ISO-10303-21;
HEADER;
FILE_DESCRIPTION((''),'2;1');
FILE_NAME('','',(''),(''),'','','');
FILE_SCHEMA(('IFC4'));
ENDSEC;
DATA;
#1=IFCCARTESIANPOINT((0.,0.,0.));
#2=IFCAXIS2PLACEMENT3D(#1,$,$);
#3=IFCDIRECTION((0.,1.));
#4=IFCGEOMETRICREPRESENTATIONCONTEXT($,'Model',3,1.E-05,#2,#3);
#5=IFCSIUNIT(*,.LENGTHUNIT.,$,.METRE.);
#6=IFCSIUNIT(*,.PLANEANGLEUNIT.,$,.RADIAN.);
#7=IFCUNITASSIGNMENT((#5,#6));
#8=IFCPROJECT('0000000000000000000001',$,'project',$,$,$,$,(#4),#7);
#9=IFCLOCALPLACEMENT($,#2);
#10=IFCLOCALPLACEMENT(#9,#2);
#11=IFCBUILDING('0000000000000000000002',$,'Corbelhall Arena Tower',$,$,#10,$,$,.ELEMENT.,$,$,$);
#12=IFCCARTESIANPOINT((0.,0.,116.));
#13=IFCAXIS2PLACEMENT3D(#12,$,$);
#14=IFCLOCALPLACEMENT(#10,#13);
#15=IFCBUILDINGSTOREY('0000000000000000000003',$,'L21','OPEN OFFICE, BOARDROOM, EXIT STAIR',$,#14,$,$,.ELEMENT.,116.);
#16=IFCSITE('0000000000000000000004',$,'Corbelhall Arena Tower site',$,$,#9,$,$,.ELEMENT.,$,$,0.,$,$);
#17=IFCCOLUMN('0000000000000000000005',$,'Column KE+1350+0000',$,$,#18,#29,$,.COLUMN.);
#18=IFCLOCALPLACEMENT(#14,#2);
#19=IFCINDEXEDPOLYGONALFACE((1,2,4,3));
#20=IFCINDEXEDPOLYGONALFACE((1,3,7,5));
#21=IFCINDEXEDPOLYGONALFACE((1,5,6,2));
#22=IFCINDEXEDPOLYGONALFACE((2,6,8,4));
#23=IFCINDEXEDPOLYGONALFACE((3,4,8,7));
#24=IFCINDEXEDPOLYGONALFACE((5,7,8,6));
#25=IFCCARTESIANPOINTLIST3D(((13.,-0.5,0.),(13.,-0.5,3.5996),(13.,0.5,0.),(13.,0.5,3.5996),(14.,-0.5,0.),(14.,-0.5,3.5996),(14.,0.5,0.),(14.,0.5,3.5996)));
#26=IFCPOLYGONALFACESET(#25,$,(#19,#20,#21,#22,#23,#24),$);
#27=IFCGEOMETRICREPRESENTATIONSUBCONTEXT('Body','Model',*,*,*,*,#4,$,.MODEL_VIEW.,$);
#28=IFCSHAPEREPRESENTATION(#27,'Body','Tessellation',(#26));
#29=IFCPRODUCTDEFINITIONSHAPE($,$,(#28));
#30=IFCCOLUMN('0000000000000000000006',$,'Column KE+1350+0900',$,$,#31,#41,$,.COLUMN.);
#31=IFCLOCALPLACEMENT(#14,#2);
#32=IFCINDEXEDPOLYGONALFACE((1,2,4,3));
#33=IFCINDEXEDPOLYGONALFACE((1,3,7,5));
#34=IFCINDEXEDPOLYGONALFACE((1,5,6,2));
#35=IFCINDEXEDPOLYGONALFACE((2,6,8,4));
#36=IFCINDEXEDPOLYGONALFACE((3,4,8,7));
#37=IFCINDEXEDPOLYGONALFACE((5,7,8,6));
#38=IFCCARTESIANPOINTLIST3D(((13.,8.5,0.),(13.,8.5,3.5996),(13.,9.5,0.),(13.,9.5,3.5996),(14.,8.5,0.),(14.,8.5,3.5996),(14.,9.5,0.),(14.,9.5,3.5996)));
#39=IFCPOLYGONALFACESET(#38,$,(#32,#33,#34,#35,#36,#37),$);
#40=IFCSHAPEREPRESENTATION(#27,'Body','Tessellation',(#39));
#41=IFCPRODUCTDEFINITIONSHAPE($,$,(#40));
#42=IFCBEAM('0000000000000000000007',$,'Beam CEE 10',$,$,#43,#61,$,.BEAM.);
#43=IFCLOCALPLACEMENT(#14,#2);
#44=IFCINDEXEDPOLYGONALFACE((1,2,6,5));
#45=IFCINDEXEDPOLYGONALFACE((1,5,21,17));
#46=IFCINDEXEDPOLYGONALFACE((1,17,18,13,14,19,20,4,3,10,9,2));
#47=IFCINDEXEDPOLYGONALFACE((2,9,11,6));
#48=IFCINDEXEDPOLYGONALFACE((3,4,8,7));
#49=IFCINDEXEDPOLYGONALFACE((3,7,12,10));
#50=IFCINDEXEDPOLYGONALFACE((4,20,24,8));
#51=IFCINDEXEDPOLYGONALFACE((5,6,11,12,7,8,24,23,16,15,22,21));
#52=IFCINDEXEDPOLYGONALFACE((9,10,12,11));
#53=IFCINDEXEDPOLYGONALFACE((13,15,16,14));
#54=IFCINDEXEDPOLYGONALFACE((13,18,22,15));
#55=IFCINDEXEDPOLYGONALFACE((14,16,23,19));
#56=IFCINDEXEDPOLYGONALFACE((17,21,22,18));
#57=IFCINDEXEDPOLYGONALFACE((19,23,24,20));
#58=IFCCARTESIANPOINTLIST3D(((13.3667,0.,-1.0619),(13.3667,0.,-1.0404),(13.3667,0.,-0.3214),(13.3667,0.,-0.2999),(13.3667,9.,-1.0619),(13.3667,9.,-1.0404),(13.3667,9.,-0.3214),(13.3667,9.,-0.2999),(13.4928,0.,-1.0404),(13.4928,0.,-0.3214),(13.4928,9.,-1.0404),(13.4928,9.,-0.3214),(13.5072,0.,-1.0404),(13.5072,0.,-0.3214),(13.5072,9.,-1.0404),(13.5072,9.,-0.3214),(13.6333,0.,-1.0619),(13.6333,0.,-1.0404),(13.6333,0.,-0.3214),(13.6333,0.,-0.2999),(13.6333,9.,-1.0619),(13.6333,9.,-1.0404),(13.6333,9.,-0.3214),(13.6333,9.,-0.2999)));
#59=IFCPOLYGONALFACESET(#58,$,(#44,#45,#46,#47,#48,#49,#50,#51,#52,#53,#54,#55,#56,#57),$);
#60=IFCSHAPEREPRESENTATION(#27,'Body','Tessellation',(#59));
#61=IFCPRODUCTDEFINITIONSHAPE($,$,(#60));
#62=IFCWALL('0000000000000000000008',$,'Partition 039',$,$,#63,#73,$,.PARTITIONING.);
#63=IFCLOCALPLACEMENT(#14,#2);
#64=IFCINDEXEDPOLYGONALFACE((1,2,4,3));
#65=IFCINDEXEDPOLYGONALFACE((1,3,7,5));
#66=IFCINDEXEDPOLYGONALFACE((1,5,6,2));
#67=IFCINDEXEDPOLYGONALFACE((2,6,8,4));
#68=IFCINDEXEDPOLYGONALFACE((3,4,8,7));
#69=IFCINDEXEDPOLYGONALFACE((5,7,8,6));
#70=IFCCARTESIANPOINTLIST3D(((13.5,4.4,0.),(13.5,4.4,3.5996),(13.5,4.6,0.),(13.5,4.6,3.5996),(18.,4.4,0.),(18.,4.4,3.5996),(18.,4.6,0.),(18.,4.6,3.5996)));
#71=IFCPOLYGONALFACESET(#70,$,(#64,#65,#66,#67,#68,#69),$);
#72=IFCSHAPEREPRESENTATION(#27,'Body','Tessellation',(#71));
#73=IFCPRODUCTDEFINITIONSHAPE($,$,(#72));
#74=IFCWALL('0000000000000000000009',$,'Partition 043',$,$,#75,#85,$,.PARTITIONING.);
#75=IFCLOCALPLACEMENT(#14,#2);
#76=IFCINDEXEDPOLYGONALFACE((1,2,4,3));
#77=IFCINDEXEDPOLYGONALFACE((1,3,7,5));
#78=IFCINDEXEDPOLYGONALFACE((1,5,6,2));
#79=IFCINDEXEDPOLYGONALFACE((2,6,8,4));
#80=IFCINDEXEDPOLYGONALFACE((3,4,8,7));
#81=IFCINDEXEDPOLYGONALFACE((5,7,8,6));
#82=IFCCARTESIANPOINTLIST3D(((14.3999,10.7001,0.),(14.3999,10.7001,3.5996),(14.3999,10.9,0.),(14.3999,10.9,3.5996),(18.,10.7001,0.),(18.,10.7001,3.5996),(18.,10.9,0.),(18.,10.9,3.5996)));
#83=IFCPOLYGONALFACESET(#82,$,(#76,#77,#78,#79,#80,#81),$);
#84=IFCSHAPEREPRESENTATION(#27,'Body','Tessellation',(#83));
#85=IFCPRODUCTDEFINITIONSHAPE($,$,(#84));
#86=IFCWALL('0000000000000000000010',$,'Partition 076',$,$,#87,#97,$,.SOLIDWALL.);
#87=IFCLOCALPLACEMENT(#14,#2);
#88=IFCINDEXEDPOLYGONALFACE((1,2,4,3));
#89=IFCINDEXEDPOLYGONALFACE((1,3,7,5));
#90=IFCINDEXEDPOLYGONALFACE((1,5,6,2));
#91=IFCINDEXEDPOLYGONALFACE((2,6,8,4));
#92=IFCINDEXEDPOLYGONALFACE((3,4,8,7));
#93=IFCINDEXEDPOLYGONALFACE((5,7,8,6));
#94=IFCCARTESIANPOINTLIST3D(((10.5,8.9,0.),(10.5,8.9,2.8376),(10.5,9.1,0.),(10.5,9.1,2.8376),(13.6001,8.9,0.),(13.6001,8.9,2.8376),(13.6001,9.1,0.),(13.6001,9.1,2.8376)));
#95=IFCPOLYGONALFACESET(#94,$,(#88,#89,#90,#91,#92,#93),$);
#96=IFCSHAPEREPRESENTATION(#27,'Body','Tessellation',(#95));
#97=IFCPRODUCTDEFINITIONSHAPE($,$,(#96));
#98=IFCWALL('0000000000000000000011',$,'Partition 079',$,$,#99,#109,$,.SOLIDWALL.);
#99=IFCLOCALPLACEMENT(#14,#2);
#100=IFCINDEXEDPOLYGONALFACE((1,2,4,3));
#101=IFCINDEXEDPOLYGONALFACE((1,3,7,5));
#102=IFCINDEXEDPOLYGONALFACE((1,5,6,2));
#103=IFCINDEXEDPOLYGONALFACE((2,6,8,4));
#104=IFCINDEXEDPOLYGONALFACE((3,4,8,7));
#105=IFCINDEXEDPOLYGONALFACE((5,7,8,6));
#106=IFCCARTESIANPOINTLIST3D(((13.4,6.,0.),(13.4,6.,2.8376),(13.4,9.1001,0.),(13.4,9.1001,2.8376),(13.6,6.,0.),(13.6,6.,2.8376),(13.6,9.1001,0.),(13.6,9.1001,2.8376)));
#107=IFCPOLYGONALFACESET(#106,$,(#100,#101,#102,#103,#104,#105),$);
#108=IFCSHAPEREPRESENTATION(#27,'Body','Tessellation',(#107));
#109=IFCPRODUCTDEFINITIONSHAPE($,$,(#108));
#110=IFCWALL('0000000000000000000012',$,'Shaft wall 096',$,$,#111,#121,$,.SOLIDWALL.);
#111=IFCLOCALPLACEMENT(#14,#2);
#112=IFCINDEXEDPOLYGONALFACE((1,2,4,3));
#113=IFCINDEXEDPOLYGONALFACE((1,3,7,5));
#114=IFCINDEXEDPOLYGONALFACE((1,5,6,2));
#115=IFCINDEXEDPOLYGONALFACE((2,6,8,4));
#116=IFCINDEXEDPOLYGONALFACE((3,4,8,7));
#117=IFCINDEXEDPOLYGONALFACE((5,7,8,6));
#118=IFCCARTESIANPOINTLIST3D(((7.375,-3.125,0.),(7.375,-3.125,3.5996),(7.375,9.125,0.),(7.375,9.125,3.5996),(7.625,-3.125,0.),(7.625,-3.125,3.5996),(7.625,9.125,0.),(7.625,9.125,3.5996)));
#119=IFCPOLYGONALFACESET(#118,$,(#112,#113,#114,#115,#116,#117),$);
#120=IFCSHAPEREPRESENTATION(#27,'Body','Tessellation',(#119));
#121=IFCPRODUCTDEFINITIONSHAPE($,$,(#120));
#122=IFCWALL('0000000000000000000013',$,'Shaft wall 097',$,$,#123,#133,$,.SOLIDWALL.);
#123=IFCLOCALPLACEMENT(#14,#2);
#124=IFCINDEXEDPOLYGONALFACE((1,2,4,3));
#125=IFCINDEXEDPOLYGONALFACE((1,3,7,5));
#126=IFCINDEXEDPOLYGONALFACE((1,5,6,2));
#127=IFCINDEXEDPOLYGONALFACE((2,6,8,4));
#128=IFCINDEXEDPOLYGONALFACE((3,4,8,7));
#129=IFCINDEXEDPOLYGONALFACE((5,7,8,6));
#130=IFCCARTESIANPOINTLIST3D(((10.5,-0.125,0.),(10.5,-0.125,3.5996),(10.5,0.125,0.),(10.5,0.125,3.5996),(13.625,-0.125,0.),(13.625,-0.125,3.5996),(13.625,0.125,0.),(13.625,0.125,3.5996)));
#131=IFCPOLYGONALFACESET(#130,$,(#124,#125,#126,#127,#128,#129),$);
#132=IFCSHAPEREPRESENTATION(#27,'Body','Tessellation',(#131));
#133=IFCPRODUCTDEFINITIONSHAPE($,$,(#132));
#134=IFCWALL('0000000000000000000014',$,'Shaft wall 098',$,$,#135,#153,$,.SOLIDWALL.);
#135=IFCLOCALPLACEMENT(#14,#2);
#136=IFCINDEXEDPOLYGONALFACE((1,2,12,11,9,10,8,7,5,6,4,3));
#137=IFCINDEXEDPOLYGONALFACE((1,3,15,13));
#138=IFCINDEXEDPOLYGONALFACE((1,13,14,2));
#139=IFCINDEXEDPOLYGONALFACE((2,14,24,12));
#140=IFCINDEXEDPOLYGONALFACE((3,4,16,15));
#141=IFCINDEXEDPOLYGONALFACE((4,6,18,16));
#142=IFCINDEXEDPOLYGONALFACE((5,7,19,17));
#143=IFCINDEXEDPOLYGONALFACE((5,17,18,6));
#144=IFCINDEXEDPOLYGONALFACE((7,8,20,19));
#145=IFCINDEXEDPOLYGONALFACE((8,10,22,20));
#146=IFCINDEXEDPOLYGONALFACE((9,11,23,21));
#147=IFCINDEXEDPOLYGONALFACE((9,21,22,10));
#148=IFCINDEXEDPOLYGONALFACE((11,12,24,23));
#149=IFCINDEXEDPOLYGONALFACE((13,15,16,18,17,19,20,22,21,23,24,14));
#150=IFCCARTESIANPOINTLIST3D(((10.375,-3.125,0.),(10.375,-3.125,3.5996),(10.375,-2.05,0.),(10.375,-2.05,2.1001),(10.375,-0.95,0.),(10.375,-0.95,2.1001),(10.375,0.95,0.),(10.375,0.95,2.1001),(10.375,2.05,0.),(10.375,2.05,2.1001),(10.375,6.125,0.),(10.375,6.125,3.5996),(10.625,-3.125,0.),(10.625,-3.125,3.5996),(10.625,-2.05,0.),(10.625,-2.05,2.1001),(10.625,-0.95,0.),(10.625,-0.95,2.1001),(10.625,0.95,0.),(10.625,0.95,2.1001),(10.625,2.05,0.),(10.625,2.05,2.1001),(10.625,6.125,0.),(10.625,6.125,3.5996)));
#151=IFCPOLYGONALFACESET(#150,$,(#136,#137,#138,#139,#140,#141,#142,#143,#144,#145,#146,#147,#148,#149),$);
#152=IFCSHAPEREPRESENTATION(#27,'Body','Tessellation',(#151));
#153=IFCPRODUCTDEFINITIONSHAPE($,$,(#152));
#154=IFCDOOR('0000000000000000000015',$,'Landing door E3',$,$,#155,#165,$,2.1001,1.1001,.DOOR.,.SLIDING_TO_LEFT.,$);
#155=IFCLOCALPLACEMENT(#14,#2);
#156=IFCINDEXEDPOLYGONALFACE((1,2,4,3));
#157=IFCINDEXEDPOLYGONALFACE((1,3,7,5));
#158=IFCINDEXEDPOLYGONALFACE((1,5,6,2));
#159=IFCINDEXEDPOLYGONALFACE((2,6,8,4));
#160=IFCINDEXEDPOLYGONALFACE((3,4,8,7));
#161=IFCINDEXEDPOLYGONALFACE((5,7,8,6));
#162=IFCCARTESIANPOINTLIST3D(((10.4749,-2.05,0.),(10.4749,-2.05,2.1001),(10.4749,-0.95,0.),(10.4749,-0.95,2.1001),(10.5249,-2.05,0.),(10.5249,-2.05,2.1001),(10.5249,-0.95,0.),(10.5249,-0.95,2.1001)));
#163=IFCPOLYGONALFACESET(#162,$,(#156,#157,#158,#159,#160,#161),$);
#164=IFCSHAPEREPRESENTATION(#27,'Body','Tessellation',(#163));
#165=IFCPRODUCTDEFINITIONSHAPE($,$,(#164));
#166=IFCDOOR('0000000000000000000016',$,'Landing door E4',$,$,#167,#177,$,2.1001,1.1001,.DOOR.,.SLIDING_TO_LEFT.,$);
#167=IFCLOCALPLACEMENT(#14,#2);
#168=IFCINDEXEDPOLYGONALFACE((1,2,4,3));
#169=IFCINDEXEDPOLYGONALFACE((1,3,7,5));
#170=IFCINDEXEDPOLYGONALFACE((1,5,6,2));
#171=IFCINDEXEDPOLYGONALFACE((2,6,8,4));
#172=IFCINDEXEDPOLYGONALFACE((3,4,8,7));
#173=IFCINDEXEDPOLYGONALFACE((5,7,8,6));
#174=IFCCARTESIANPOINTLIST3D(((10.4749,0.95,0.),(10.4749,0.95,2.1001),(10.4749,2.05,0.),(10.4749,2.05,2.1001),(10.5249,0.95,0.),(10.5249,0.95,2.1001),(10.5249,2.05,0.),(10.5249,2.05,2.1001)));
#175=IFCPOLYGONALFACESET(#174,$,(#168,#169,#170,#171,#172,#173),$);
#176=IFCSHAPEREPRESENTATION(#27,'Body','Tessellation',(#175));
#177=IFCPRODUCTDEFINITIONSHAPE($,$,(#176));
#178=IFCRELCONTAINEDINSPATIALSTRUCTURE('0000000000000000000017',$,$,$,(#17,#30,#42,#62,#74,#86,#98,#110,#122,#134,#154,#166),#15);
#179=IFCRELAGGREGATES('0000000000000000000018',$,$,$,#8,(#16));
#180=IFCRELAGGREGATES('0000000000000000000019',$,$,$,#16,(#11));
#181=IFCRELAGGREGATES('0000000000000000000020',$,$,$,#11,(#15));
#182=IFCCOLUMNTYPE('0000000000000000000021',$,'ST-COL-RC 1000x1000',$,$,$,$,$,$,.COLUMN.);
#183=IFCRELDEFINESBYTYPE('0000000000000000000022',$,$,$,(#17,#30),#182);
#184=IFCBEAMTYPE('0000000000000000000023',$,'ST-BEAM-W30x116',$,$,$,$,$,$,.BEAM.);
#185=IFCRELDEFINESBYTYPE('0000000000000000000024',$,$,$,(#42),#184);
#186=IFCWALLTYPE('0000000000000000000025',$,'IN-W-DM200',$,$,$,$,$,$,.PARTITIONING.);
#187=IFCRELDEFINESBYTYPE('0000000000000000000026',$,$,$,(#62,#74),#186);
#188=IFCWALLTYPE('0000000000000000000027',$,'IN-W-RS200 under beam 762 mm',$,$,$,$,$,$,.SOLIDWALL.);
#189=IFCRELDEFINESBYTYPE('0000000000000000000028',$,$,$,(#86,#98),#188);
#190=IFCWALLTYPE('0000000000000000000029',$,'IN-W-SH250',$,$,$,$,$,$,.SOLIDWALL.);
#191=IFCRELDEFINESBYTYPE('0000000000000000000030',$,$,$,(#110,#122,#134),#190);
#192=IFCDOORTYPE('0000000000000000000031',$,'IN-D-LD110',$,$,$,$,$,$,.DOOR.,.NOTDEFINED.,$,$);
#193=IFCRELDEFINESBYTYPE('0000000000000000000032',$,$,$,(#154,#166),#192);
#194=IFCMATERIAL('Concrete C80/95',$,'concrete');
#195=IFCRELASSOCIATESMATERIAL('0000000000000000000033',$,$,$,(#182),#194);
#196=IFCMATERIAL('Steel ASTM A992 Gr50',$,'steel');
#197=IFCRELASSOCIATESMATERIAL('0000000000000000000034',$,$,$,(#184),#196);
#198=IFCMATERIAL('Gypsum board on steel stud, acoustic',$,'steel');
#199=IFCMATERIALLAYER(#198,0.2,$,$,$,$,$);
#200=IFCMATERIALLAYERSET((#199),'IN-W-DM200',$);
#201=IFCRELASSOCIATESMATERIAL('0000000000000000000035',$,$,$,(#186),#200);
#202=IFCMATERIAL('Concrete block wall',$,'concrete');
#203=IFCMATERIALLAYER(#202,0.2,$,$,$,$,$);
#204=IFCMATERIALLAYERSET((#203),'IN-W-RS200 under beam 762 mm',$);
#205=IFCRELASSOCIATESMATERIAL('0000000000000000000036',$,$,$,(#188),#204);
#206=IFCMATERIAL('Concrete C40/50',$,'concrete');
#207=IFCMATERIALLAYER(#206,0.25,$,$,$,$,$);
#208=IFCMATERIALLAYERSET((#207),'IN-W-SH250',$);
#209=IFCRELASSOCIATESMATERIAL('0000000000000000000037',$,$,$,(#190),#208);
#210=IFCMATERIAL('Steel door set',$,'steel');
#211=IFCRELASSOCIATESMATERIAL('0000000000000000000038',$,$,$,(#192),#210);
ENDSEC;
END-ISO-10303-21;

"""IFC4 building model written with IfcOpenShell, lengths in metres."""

from ifc_helpers import new_model, si_unit, direction, frame, frame_2d, origin, origin_2d, place, context, subcontext, project, spatial, rectangle, i_section, extrude, material, layer, layer_set, material_profile, profile_set, type_object, element, fill, save


model = new_model("IFC4")

# Units and contexts
model_context = context("Model", 3, precision=1e-05, world=origin(), true_north=direction((0.0, 1.0)))
body_context = subcontext(model_context, "Body", "Model", "MODEL_VIEW")
ifc_project = project(units=[si_unit("LENGTHUNIT", "METRE"), si_unit("PLANEANGLEUNIT", "RADIAN")], contexts=[model_context])

# Site, building, storey
site_placement = place(None, origin())
site = spatial("IfcSite", under=ifc_project, at=site_placement, Name="Corbelhall Arena Tower site", CompositionType="ELEMENT", RefElevation=0.0)
building_placement = place(site_placement, origin())
building = spatial("IfcBuilding", under=site, at=building_placement, Name="Corbelhall Arena Tower", CompositionType="ELEMENT")
storey_placement = place(building_placement, frame((0.0, 0.0, 116.0)))
storey = spatial("IfcBuildingStorey", under=building, at=storey_placement, Name="L21", Description="OPEN OFFICE, BOARDROOM, EXIT STAIR", CompositionType="ELEMENT", Elevation=116.0)

# Columns
ifc_material_1 = material(Name="Concrete C80/95", Category="concrete")
ifc_material_profile_1 = material_profile(ifc_material_1, rectangle(XDim=1.0, YDim=1.0, at=origin_2d()))
ifc_profile_set_1 = profile_set([ifc_material_profile_1], Name="Concrete C80/95")
column_type = type_object("IfcColumnType", Name="ST-COL-RC 1000x1000", PredefinedType="COLUMN", material=ifc_profile_set_1)
for number, where, z_axis, x_axis, name in (
    (1, (13.5, 0.0, 0.0), (0.0, 0.0, 1.0), (1.0, 0.0, 0.0), "Column KE+1350+0000"),
    (2, (13.5, 9.0, 0.0), (0.0, 0.0, 1.0), (1.0, 0.0, 0.0), "Column KE+1350+0900"),
):
    element("IfcColumn", number, at=place(storey_placement, frame(where, z_axis=z_axis, x_axis=x_axis)), inside=storey, type_object=column_type, Name=name, PredefinedType="COLUMN", context=body_context, shape_type="SweptSolid", body=[
        extrude(rectangle(XDim=1.0, YDim=1.0, at=origin_2d()), origin(), (0.0, 0.0, 1.0), 3.5996),
    ])

# Beam
ifc_material_2 = material(Name="Steel ASTM A992 Gr50", Category="steel")
ifc_material_profile_2 = material_profile(ifc_material_2, i_section(OverallWidth=0.2666, OverallDepth=0.762, WebThickness=0.0144, FlangeThickness=0.0215, at=origin_2d()))
ifc_profile_set_2 = profile_set([ifc_material_profile_2], Name="Steel ASTM A992 Gr50")
beam_type = type_object("IfcBeamType", Name="ST-BEAM-W30x116", PredefinedType="BEAM", material=ifc_profile_set_2)
beam_placement = place(storey_placement, frame((13.5, 0.0, -0.6809), z_axis=(0.0, 1.0, 0.0), x_axis=(-1.0, 0.0, 0.0)))
element("IfcBeam", 3, at=beam_placement, inside=storey, type_object=beam_type, Name="Beam CEE 10", PredefinedType="BEAM", context=body_context, shape_type="SweptSolid", body=[
    extrude(i_section(OverallWidth=0.2666, OverallDepth=0.762, WebThickness=0.0144, FlangeThickness=0.0215, at=origin_2d()), origin(), (0.0, 0.0, 1.0), 9.0),
])

# Walls
ifc_material_3 = material(Name="Gypsum board on steel stud, acoustic", Category="steel")
ifc_layer_1 = layer(ifc_material_3, 0.2)
ifc_layer_set_1 = layer_set([ifc_layer_1], Name="IN-W-DM200")
wall_type_1 = type_object("IfcWallType", Name="IN-W-DM200", PredefinedType="PARTITIONING", material=ifc_layer_set_1)
wall_1_placement = place(storey_placement, frame((13.5, 4.5, 0.0), z_axis=(0.0, 0.0, 1.0), x_axis=(1.0, 0.0, 0.0)))
element("IfcWall", 4, at=wall_1_placement, inside=storey, type_object=wall_type_1, Name="Partition 039", PredefinedType="PARTITIONING", context=body_context, shape_type="SweptSolid", body=[
    extrude(rectangle(XDim=4.5, YDim=0.2, at=frame_2d((2.25, 0.0))), origin(), (0.0, 0.0, 1.0), 3.5996),
])
wall_2_placement = place(storey_placement, frame((14.3999, 10.8, 0.0), z_axis=(0.0, 0.0, 1.0), x_axis=(1.0, 0.0, 0.0)))
element("IfcWall", 5, at=wall_2_placement, inside=storey, type_object=wall_type_1, Name="Partition 043", PredefinedType="PARTITIONING", context=body_context, shape_type="SweptSolid", body=[
    extrude(rectangle(XDim=3.6001, YDim=0.2, at=frame_2d((1.8, 0.0))), origin(), (0.0, 0.0, 1.0), 3.5996),
])

# Shared definitions
ifc_material_4 = material(Name="Concrete block wall", Category="concrete")
ifc_material_5 = material(Name="Steel door set", Category="steel")

# Walls
ifc_layer_2 = layer(ifc_material_4, 0.2)
ifc_layer_set_2 = layer_set([ifc_layer_2], Name="IN-W-RS200 under beam 762 mm")
wall_type_2 = type_object("IfcWallType", Name="IN-W-RS200 under beam 762 mm", PredefinedType="SOLIDWALL", material=ifc_layer_set_2)
for number, where, z_axis, x_axis, name in (
    (6, (10.5, 9.0, 0.0), (0.0, 0.0, 1.0), (1.0, 0.0, 0.0), "Partition 076"),
    (7, (13.5, 9.1001, 0.0), (0.0, 0.0, 1.0), (0.0, -1.0, 0.0), "Partition 079"),
):
    element("IfcWall", number, at=place(storey_placement, frame(where, z_axis=z_axis, x_axis=x_axis)), inside=storey, type_object=wall_type_2, Name=name, PredefinedType="SOLIDWALL", context=body_context, shape_type="SweptSolid", body=[
        extrude(rectangle(XDim=3.1001, YDim=0.2, at=frame_2d((1.55, 0.0))), origin(), (0.0, 0.0, 1.0), 2.8376),
    ])
ifc_material_6 = material(Name="Concrete C40/50", Category="concrete")
ifc_layer_3 = layer(ifc_material_6, 0.25)
ifc_layer_set_3 = layer_set([ifc_layer_3], Name="IN-W-SH250")
wall_type_3 = type_object("IfcWallType", Name="IN-W-SH250", PredefinedType="SOLIDWALL", material=ifc_layer_set_3)
wall_3_placement = place(storey_placement, frame((7.5, 9.125, 0.0), z_axis=(0.0, 0.0, 1.0), x_axis=(0.0, -1.0, 0.0)))
element("IfcWall", 8, at=wall_3_placement, inside=storey, type_object=wall_type_3, Name="Shaft wall 096", PredefinedType="SOLIDWALL", context=body_context, shape_type="SweptSolid", body=[
    extrude(rectangle(XDim=12.25, YDim=0.25, at=frame_2d((6.125, 0.0))), origin(), (0.0, 0.0, 1.0), 3.5996),
])
wall_4_placement = place(storey_placement, frame((10.5, 0.0, 0.0), z_axis=(0.0, 0.0, 1.0), x_axis=(1.0, 0.0, 0.0)))
element("IfcWall", 9, at=wall_4_placement, inside=storey, type_object=wall_type_3, Name="Shaft wall 097", PredefinedType="SOLIDWALL", context=body_context, shape_type="SweptSolid", body=[
    extrude(rectangle(XDim=3.125, YDim=0.25, at=frame_2d((1.5625, 0.0))), origin(), (0.0, 0.0, 1.0), 3.5996),
])

# Wall, openings, doors
wall_5_placement = place(storey_placement, frame((10.5, 6.125, 0.0), z_axis=(0.0, 0.0, 1.0), x_axis=(0.0, -1.0, 0.0)))
wall_5 = element("IfcWall", 10, at=wall_5_placement, inside=storey, type_object=wall_type_3, Name="Shaft wall 098", PredefinedType="SOLIDWALL", context=body_context, shape_type="SweptSolid", body=[
    extrude(rectangle(XDim=9.25, YDim=0.25, at=frame_2d((4.625, 0.0))), origin(), (0.0, 0.0, 1.0), 3.5996),
])
opening_1_placement = place(wall_5_placement, frame((7.075, 0.0, 0.0)))
opening_1 = element("IfcOpeningElement", 11, at=opening_1_placement, cuts=wall_5, PredefinedType="OPENING", context=body_context, shape_type="SweptSolid", body=[
    extrude(rectangle(XDim=1.1001, YDim=2.1001, at=frame_2d((0.55, 1.05))), frame((0.0, 0.125, 0.0), z_axis=(0.0, -1.0, 0.0), x_axis=(1.0, 0.0, 0.0)), (0.0, 0.0, 1.0), 0.25),
])
opening_2_placement = place(wall_5_placement, frame((4.075, 0.0, 0.0)))
opening_2 = element("IfcOpeningElement", 12, at=opening_2_placement, cuts=wall_5, PredefinedType="OPENING", context=body_context, shape_type="SweptSolid", body=[
    extrude(rectangle(XDim=1.1001, YDim=2.1001, at=frame_2d((0.55, 1.05))), frame((0.0, 0.125, 0.0), z_axis=(0.0, -1.0, 0.0), x_axis=(1.0, 0.0, 0.0)), (0.0, 0.0, 1.0), 0.25),
])
door_type_1 = type_object("IfcDoorType", Name="IN-D-LD110", OperationType="NOTDEFINED", PredefinedType="DOOR", material=ifc_material_5)
door_1_placement = place(opening_1_placement, origin())
door_1 = element("IfcDoor", 13, at=door_1_placement, inside=storey, type_object=door_type_1, Name="Landing door E3", OperationType="SLIDING_TO_LEFT", OverallHeight=2.1001, OverallWidth=1.1001, PredefinedType="DOOR", context=body_context, shape_type="SweptSolid", body=[
    extrude(rectangle(XDim=1.1001, YDim=2.1001, at=frame_2d((0.55, 1.05))), frame((0.0, 0.0249, 0.0), z_axis=(0.0, -1.0, 0.0), x_axis=(1.0, 0.0, 0.0)), (0.0, 0.0, 1.0), 0.05),
])
fill(opening_1, door_1)
door_2_placement = place(opening_2_placement, origin())
door_2 = element("IfcDoor", 14, at=door_2_placement, inside=storey, type_object=door_type_1, Name="Landing door E4", OperationType="SLIDING_TO_LEFT", OverallHeight=2.1001, OverallWidth=1.1001, PredefinedType="DOOR", context=body_context, shape_type="SweptSolid", body=[
    extrude(rectangle(XDim=1.1001, YDim=2.1001, at=frame_2d((0.55, 1.05))), frame((0.0, 0.0249, 0.0), z_axis=(0.0, -1.0, 0.0), x_axis=(1.0, 0.0, 0.0)), (0.0, 0.0, 1.0), 0.05),
])
fill(opening_2, door_2)

save(model, "model.ifc")
